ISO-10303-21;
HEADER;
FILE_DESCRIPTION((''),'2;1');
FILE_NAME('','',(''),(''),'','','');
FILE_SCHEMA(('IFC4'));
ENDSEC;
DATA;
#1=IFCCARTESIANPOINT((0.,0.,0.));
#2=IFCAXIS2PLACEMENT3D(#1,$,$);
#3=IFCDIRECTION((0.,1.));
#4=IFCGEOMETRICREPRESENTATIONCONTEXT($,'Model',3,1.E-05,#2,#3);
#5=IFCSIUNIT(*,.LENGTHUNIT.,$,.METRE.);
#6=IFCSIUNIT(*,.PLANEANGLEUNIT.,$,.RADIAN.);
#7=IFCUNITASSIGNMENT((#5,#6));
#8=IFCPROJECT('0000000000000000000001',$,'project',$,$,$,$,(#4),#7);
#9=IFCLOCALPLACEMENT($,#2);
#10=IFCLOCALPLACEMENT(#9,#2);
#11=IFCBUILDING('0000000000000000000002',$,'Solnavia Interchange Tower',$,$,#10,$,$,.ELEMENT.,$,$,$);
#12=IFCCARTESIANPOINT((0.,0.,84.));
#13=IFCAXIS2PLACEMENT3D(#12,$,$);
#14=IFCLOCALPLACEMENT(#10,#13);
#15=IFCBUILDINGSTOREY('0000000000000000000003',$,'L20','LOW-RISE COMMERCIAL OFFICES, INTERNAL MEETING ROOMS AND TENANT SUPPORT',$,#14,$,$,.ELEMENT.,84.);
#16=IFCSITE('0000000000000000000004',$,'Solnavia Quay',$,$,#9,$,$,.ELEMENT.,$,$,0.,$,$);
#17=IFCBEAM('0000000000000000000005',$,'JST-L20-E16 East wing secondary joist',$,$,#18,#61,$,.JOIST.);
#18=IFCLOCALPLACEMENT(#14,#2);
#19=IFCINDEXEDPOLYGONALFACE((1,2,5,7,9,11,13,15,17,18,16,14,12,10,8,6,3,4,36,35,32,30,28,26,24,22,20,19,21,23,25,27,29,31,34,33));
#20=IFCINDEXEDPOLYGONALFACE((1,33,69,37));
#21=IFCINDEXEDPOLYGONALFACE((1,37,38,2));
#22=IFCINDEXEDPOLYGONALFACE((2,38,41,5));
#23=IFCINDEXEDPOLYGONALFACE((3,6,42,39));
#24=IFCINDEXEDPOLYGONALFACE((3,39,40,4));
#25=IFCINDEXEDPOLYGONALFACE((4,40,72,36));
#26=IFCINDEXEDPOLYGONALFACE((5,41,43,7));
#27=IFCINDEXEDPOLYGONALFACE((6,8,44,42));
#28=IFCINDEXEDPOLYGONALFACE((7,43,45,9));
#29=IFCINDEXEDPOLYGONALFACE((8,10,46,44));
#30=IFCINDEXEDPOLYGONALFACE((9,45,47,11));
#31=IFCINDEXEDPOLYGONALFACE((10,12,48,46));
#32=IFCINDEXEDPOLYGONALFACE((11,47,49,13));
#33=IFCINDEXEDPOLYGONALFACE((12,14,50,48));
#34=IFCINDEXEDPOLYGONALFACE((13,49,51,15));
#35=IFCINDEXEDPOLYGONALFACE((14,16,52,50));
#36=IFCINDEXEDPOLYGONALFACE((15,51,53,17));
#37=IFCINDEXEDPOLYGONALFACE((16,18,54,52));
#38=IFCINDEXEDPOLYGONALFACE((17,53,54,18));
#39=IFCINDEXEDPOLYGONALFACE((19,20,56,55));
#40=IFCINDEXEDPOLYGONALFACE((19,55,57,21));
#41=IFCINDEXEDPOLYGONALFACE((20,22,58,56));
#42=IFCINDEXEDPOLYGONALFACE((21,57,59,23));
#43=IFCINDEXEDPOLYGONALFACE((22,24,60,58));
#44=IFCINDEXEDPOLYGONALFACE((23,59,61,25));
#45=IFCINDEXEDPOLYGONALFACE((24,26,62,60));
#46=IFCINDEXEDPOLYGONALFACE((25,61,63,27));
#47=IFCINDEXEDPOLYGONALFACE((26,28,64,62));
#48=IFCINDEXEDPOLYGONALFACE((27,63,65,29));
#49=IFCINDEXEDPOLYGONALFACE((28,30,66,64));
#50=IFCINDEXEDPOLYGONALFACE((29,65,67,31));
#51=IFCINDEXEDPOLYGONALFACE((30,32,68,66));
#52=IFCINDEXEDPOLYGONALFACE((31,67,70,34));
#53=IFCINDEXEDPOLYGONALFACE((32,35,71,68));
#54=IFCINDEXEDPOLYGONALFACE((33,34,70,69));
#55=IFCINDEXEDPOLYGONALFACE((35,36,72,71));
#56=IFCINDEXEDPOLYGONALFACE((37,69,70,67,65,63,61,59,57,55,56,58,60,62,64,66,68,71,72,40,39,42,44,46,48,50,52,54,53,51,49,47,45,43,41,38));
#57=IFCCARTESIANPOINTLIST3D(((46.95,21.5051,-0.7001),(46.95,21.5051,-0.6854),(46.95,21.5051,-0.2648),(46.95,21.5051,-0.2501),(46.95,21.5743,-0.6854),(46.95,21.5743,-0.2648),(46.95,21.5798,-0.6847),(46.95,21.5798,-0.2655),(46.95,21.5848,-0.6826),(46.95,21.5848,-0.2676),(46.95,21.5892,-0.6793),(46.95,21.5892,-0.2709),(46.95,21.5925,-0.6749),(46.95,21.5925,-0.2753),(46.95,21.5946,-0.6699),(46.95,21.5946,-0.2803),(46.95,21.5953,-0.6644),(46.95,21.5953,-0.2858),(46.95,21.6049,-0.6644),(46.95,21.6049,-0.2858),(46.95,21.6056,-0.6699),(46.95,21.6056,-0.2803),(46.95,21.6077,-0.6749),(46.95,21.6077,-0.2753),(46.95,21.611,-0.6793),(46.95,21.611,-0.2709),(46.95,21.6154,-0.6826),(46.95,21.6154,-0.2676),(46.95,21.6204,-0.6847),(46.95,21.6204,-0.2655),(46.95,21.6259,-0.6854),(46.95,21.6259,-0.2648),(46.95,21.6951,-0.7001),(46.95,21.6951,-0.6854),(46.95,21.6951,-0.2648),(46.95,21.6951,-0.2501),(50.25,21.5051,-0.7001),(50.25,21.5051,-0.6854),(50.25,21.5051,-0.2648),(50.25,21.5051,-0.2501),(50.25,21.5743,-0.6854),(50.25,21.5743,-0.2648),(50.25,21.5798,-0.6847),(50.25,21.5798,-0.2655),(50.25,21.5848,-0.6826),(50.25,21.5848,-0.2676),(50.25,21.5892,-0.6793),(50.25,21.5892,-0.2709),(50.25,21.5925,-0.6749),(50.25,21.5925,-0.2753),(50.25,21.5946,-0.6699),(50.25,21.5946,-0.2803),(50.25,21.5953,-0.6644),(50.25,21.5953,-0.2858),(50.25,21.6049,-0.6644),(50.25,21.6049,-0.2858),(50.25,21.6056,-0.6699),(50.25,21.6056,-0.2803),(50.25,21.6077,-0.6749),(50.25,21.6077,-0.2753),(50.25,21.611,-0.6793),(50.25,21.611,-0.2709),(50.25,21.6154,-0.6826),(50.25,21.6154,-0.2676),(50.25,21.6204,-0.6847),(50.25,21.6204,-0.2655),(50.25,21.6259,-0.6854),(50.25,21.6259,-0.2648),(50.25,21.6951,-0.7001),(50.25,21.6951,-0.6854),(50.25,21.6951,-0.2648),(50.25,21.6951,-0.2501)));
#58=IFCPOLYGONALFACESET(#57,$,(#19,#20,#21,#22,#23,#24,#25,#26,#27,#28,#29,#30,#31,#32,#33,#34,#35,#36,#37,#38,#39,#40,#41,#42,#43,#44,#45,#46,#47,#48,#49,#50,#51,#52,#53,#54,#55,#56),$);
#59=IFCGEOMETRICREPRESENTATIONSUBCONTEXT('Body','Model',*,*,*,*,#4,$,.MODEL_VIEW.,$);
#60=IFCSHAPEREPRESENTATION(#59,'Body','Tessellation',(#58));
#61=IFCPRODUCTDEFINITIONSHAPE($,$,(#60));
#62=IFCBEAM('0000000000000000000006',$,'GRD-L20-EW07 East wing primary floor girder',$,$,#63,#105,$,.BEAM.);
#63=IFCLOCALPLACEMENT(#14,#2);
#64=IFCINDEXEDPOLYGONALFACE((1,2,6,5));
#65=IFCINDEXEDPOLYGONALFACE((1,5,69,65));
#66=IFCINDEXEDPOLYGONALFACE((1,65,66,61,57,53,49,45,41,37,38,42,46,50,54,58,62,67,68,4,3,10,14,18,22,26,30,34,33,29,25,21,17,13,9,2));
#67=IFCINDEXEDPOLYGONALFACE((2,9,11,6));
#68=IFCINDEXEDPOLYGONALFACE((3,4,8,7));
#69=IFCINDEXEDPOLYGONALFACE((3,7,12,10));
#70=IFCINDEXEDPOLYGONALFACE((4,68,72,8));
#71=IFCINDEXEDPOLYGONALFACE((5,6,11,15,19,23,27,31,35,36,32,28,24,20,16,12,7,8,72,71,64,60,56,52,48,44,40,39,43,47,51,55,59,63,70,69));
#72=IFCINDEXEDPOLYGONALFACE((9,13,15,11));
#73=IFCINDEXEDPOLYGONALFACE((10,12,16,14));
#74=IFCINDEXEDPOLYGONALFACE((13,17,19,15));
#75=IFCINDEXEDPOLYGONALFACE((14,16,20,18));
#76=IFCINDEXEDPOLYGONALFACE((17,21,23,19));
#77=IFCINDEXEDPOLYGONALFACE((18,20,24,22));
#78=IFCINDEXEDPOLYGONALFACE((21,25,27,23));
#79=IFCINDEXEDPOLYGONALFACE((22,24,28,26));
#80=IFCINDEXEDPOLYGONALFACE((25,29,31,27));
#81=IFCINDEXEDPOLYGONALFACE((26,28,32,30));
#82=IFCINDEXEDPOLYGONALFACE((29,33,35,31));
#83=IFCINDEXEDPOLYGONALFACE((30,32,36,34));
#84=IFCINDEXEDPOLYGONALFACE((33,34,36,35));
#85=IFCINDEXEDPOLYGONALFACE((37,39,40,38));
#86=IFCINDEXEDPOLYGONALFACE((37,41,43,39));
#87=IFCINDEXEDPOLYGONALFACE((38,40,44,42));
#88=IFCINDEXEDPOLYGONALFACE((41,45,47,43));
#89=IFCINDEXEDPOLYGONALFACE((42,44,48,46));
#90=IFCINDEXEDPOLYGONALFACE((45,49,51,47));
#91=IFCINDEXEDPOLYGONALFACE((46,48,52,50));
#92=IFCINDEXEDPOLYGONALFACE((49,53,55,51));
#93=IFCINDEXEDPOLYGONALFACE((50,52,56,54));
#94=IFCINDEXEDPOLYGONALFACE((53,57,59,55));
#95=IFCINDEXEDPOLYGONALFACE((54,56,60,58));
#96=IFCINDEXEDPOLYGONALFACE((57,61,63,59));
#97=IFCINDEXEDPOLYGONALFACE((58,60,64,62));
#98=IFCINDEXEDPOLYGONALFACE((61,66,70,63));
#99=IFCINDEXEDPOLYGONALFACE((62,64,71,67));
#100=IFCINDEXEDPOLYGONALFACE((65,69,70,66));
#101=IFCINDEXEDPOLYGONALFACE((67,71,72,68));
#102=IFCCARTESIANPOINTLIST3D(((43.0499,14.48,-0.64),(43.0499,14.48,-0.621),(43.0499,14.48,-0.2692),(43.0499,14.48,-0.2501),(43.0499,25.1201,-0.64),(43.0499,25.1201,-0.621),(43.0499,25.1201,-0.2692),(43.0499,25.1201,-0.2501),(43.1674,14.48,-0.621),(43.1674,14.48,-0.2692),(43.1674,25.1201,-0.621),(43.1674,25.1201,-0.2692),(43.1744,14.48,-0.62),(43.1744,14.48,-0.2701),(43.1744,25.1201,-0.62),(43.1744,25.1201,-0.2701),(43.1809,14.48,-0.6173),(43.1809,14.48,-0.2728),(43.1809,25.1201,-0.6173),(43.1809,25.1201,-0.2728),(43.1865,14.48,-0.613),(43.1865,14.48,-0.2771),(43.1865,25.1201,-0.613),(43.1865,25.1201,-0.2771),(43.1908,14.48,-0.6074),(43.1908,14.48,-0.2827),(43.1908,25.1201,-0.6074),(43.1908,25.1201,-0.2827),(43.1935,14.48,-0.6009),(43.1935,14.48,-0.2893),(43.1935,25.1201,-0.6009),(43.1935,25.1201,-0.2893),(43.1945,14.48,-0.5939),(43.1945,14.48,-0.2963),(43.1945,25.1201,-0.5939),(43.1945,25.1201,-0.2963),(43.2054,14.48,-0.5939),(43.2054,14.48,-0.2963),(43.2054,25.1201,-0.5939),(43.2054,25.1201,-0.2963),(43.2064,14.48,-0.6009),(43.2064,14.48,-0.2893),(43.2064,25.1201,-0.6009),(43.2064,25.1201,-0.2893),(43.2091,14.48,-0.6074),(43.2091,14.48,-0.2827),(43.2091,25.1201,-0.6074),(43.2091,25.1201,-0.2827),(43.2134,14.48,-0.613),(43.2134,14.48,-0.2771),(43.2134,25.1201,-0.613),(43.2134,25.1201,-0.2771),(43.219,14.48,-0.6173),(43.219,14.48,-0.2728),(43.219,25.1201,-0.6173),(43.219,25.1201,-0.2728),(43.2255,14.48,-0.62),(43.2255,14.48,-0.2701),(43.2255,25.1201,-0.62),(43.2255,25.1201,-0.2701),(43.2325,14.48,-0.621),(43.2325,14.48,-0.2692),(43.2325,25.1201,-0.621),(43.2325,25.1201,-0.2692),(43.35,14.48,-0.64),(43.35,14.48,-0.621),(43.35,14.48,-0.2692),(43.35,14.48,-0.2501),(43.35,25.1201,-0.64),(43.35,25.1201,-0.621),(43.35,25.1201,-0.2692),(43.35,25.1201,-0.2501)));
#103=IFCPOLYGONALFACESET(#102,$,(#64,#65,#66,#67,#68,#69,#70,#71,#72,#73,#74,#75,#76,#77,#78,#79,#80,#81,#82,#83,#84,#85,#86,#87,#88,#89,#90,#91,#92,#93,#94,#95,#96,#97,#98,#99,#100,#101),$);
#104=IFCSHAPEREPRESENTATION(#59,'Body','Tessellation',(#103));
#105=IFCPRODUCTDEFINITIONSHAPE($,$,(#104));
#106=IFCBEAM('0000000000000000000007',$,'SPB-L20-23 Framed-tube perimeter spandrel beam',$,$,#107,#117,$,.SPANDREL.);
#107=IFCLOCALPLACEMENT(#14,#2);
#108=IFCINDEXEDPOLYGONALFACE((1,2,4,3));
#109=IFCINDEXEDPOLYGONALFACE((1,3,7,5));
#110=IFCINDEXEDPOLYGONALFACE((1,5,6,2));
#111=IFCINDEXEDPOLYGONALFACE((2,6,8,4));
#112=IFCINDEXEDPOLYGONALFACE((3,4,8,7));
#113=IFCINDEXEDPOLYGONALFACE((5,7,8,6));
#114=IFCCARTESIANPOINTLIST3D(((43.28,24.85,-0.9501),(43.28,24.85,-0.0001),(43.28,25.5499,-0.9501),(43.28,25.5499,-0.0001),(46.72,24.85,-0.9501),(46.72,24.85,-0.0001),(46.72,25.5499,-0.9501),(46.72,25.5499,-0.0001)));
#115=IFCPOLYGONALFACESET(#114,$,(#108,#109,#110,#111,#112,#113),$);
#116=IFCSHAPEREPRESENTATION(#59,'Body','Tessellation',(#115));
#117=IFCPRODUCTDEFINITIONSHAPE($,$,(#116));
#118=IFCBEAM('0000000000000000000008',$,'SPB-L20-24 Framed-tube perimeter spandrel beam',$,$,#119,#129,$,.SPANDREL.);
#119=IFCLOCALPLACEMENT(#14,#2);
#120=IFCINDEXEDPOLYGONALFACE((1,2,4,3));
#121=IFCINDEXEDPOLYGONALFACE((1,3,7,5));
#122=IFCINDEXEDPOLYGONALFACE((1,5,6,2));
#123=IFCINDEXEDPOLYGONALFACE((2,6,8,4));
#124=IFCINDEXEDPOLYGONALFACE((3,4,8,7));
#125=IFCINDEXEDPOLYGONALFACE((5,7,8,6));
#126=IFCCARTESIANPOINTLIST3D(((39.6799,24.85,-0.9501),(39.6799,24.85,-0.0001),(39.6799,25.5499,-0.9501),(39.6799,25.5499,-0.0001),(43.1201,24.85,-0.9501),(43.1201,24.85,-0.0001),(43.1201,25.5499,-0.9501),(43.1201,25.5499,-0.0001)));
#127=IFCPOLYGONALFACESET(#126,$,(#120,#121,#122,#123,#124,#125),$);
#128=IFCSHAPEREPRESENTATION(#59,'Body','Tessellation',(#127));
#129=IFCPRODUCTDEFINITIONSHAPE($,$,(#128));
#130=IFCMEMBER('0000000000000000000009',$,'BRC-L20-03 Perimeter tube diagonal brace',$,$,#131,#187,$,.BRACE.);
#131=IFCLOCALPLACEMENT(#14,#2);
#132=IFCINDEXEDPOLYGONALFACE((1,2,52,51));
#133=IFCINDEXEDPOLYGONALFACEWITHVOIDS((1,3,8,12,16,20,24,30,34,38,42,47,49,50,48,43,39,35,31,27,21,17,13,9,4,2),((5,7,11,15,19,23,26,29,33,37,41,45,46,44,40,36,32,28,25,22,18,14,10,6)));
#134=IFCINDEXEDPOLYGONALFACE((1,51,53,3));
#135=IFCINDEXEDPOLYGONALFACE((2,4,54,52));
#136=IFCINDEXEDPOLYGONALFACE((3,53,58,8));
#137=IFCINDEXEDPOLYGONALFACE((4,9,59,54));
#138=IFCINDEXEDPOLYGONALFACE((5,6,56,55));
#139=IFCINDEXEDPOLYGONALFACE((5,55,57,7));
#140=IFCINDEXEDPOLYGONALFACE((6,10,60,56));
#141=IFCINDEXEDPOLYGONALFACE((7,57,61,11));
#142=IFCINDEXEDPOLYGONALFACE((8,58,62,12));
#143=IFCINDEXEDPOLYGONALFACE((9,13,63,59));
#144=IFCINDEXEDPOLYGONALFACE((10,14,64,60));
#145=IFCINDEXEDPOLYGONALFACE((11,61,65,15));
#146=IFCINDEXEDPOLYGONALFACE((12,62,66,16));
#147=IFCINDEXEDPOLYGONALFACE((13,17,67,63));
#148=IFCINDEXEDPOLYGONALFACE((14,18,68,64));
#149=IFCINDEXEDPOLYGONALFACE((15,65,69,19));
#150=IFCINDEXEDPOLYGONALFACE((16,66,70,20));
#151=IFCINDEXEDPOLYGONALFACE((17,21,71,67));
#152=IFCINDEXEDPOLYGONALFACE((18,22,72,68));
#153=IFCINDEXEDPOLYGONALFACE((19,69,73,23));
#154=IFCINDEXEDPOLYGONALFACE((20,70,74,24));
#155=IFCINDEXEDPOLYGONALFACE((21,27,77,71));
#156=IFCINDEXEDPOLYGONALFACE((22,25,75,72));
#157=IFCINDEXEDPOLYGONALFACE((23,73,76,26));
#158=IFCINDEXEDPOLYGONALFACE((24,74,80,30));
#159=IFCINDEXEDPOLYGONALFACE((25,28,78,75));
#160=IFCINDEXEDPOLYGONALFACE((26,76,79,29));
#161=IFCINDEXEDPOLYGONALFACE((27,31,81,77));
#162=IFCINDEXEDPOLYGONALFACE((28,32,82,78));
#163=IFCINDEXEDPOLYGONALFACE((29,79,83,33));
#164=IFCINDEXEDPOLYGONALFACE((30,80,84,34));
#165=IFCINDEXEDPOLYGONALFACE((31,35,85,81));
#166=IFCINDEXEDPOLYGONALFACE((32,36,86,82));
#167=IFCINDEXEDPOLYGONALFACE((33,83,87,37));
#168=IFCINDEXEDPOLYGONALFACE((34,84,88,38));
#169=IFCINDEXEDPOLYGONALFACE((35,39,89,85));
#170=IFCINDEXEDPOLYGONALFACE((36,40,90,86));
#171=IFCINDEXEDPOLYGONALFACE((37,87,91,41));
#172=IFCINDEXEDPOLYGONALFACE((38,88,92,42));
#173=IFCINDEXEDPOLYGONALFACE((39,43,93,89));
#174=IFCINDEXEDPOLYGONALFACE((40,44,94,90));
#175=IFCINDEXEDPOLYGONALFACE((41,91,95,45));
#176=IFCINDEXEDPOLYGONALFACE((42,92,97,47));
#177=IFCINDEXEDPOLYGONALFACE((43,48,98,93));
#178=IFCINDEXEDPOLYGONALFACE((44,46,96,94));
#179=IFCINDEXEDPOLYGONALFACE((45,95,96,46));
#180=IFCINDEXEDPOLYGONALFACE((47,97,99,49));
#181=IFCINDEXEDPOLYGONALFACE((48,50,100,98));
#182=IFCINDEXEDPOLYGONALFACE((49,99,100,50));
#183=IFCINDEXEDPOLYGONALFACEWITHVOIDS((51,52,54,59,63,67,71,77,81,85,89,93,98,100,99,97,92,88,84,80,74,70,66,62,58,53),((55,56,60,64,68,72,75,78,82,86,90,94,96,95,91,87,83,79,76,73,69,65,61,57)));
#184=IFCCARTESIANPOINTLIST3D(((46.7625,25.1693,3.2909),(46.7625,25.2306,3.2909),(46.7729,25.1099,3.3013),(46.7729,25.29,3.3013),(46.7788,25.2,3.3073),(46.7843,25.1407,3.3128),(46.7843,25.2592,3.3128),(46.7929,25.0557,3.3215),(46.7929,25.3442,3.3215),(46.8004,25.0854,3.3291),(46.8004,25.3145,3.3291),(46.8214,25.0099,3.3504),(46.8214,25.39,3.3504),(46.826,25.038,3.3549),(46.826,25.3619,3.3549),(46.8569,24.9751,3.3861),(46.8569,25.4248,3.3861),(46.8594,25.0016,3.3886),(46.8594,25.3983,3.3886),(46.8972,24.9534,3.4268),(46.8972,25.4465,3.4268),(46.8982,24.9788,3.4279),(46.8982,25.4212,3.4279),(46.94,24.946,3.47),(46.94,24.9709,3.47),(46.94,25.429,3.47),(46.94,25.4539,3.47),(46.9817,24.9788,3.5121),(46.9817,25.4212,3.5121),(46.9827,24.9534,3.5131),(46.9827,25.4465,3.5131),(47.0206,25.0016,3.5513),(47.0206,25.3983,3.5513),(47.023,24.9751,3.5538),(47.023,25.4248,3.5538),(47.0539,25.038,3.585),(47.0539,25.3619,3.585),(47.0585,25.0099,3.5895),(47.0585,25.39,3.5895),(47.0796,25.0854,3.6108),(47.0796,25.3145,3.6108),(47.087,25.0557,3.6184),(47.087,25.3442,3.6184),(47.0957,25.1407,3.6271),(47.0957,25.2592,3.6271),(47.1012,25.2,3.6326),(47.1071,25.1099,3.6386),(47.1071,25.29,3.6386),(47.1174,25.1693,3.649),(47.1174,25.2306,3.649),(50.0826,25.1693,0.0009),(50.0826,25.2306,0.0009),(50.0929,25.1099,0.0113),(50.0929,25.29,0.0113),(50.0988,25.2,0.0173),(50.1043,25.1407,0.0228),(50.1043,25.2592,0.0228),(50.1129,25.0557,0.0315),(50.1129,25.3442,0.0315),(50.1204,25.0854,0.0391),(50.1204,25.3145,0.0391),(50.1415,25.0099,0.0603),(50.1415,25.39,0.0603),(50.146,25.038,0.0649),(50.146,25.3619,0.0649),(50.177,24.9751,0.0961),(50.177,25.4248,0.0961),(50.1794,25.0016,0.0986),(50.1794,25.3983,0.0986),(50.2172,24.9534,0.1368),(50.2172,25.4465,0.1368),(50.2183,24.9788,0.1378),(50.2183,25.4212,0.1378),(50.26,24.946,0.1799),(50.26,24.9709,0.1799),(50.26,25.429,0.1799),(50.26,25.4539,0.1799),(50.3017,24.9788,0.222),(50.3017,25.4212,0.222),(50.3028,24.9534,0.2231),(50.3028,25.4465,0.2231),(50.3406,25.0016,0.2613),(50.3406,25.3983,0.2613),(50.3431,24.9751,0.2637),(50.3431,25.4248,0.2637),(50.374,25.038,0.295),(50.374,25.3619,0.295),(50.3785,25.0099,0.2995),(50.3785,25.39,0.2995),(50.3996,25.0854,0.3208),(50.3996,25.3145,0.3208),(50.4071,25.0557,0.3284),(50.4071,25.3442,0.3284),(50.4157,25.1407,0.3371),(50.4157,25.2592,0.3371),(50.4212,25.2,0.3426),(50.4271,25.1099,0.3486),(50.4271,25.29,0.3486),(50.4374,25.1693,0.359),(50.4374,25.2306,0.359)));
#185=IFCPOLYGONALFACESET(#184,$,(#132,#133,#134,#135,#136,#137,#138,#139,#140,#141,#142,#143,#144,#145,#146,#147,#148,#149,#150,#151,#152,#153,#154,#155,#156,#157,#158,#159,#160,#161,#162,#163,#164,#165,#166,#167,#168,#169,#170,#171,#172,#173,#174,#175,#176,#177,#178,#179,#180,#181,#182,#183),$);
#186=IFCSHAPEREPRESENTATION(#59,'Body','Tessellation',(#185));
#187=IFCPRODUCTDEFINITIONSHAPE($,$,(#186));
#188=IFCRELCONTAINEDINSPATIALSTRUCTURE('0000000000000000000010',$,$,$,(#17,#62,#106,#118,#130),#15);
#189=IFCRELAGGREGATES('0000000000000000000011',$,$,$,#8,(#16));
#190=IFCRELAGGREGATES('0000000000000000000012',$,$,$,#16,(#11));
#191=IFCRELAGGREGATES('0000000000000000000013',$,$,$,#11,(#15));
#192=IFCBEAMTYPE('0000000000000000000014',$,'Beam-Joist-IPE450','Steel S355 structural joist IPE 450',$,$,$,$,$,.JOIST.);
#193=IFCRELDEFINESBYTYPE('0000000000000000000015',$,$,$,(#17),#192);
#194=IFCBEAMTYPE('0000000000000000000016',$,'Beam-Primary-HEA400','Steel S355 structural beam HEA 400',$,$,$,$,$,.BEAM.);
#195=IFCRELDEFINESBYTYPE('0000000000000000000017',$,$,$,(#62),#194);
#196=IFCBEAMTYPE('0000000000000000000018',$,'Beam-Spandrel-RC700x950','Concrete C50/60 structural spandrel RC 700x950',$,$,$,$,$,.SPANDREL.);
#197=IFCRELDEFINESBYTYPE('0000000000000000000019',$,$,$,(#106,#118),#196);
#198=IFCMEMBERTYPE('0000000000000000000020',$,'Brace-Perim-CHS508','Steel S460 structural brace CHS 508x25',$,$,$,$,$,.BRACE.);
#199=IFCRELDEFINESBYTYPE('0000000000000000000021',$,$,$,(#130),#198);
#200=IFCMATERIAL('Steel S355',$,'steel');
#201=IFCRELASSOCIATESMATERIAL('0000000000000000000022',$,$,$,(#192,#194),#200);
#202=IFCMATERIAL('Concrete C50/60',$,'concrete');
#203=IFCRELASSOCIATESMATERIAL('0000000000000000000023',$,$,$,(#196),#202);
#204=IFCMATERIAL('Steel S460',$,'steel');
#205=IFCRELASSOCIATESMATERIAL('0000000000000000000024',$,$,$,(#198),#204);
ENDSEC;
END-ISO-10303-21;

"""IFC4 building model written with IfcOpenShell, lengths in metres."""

from ifc_helpers import new_model, si_unit, direction, frame, origin, origin_2d, place, context, subcontext, project, spatial, rectangle, hollow_circle, i_section, extrude, material, material_profile, profile_set, type_object, element, save


model = new_model("IFC4")

# Units and contexts
model_context = context("Model", 3, precision=1e-05, world=origin(), true_north=direction((0.0, 1.0)))
body_context = subcontext(model_context, "Body", "Model", "MODEL_VIEW")
ifc_project = project(units=[si_unit("LENGTHUNIT", "METRE"), si_unit("PLANEANGLEUNIT", "RADIAN")], contexts=[model_context])

# Site, building, storey
site_placement = place(None, origin())
site = spatial("IfcSite", under=ifc_project, at=site_placement, Name="Solnavia Quay", CompositionType="ELEMENT", RefElevation=0.0)
building_placement = place(site_placement, origin())
building = spatial("IfcBuilding", under=site, at=building_placement, Name="Solnavia Interchange Tower", CompositionType="ELEMENT")
storey_placement = place(building_placement, frame((0.0, 0.0, 84.0)))
storey = spatial("IfcBuildingStorey", under=building, at=storey_placement, Name="L20", Description="LOW-RISE COMMERCIAL OFFICES, INTERNAL MEETING ROOMS AND TENANT SUPPORT", CompositionType="ELEMENT", Elevation=84.0)

# Shared definitions
ifc_material_1 = material(Name="Concrete C50/60", Category="concrete")
ifc_material_2 = material(Name="Steel S355", Category="steel")

# Beams
ifc_material_3 = material(Name="Steel S460", Category="steel")
ifc_material_profile_1 = material_profile(ifc_material_2, i_section(OverallWidth=0.1899, OverallDepth=0.45, WebThickness=0.0095, FlangeThickness=0.0146, FilletRadius=0.021, at=origin_2d()), Name="IPE 450")
ifc_profile_set_1 = profile_set([ifc_material_profile_1], Name="Steel S355")
beam_type_1 = type_object("IfcBeamType", Name="Beam-Joist-IPE450", Description="Steel S355 structural joist IPE 450", PredefinedType="JOIST", material=ifc_profile_set_1)
for number, where, z_axis, x_axis, name in (
    (1, (46.95, 21.6001, -0.4751), (1.0, 0.0, 0.0), (0.0, 1.0, 0.0), "JST-L20-E16 East wing secondary joist"),
):
    element("IfcBeam", number, at=place(storey_placement, frame(where, z_axis=z_axis, x_axis=x_axis)), inside=storey, type_object=beam_type_1, Name=name, PredefinedType="JOIST", context=body_context, shape_type="SweptSolid", body=[
        extrude(i_section(OverallWidth=0.1899, OverallDepth=0.45, WebThickness=0.0095, FlangeThickness=0.0146, FilletRadius=0.021, at=origin_2d()), origin(), (0.0, 0.0, 1.0), 3.3),
    ])
ifc_material_profile_2 = material_profile(ifc_material_2, i_section(OverallWidth=0.3, OverallDepth=0.3899, WebThickness=0.011, FlangeThickness=0.019, FilletRadius=0.0271, at=origin_2d()), Name="HEA 400")
ifc_profile_set_2 = profile_set([ifc_material_profile_2], Name="Steel S355")
beam_type_2 = type_object("IfcBeamType", Name="Beam-Primary-HEA400", Description="Steel S355 structural beam HEA 400", PredefinedType="BEAM", material=ifc_profile_set_2)
beam_1_placement = place(storey_placement, frame((43.2, 14.48, -0.4451), z_axis=(0.0, 1.0, 0.0), x_axis=(-1.0, 0.0, 0.0)))
element("IfcBeam", 2, at=beam_1_placement, inside=storey, type_object=beam_type_2, Name="GRD-L20-EW07 East wing primary floor girder", PredefinedType="BEAM", context=body_context, shape_type="SweptSolid", body=[
    extrude(i_section(OverallWidth=0.3, OverallDepth=0.3899, WebThickness=0.011, FlangeThickness=0.019, FilletRadius=0.0271, at=origin_2d()), origin(), (0.0, 0.0, 1.0), 10.6401),
])
ifc_material_profile_3 = material_profile(ifc_material_1, rectangle(XDim=0.7, YDim=0.95, at=origin_2d()), Name="RC 700x950")
ifc_profile_set_3 = profile_set([ifc_material_profile_3], Name="Concrete C50/60")
beam_type_3 = type_object("IfcBeamType", Name="Beam-Spandrel-RC700x950", Description="Concrete C50/60 structural spandrel RC 700x950", PredefinedType="SPANDREL", material=ifc_profile_set_3)
beam_2_placement = place(storey_placement, frame((46.72, 25.2, -0.4751), z_axis=(-1.0, 0.0, 0.0), x_axis=(0.0, -1.0, 0.0)))
element("IfcBeam", 3, at=beam_2_placement, inside=storey, type_object=beam_type_3, Name="SPB-L20-23 Framed-tube perimeter spandrel beam", PredefinedType="SPANDREL", context=body_context, shape_type="SweptSolid", body=[
    extrude(rectangle(XDim=0.7, YDim=0.95, at=origin_2d()), origin(), (0.0, 0.0, 1.0), 3.4399),
])
beam_3_placement = place(storey_placement, frame((43.1201, 25.2, -0.4751), z_axis=(-1.0, 0.0, 0.0), x_axis=(0.0, -1.0, 0.0)))
element("IfcBeam", 4, at=beam_3_placement, inside=storey, type_object=beam_type_3, Name="SPB-L20-24 Framed-tube perimeter spandrel beam", PredefinedType="SPANDREL", context=body_context, shape_type="SweptSolid", body=[
    extrude(rectangle(XDim=0.7, YDim=0.95, at=origin_2d()), origin(), (0.0, 0.0, 1.0), 3.4402),
])

# Member
ifc_material_profile_4 = material_profile(ifc_material_3, hollow_circle(Radius=0.2539, WallThickness=0.0249, at=origin_2d()), Name="CHS 508x25")
ifc_profile_set_4 = profile_set([ifc_material_profile_4], Name="Steel S460")
member_type = type_object("IfcMemberType", Name="Brace-Perim-CHS508", Description="Steel S460 structural brace CHS 508x25", PredefinedType="BRACE", material=ifc_profile_set_4)
member_placement = place(storey_placement, frame((50.26, 25.2, 0.1799), z_axis=(-0.710312, 0.0, 0.703887), x_axis=(0.0, -1.0, 0.0)))
element("IfcMember", 5, at=member_placement, inside=storey, type_object=member_type, Name="BRC-L20-03 Perimeter tube diagonal brace", PredefinedType="BRACE", context=body_context, shape_type="SweptSolid", body=[
    extrude(hollow_circle(Radius=0.2539, WallThickness=0.0249, at=origin_2d()), origin(), (0.0, 0.0, 1.0), 4.6741),
])

save(model, "model.ifc")
